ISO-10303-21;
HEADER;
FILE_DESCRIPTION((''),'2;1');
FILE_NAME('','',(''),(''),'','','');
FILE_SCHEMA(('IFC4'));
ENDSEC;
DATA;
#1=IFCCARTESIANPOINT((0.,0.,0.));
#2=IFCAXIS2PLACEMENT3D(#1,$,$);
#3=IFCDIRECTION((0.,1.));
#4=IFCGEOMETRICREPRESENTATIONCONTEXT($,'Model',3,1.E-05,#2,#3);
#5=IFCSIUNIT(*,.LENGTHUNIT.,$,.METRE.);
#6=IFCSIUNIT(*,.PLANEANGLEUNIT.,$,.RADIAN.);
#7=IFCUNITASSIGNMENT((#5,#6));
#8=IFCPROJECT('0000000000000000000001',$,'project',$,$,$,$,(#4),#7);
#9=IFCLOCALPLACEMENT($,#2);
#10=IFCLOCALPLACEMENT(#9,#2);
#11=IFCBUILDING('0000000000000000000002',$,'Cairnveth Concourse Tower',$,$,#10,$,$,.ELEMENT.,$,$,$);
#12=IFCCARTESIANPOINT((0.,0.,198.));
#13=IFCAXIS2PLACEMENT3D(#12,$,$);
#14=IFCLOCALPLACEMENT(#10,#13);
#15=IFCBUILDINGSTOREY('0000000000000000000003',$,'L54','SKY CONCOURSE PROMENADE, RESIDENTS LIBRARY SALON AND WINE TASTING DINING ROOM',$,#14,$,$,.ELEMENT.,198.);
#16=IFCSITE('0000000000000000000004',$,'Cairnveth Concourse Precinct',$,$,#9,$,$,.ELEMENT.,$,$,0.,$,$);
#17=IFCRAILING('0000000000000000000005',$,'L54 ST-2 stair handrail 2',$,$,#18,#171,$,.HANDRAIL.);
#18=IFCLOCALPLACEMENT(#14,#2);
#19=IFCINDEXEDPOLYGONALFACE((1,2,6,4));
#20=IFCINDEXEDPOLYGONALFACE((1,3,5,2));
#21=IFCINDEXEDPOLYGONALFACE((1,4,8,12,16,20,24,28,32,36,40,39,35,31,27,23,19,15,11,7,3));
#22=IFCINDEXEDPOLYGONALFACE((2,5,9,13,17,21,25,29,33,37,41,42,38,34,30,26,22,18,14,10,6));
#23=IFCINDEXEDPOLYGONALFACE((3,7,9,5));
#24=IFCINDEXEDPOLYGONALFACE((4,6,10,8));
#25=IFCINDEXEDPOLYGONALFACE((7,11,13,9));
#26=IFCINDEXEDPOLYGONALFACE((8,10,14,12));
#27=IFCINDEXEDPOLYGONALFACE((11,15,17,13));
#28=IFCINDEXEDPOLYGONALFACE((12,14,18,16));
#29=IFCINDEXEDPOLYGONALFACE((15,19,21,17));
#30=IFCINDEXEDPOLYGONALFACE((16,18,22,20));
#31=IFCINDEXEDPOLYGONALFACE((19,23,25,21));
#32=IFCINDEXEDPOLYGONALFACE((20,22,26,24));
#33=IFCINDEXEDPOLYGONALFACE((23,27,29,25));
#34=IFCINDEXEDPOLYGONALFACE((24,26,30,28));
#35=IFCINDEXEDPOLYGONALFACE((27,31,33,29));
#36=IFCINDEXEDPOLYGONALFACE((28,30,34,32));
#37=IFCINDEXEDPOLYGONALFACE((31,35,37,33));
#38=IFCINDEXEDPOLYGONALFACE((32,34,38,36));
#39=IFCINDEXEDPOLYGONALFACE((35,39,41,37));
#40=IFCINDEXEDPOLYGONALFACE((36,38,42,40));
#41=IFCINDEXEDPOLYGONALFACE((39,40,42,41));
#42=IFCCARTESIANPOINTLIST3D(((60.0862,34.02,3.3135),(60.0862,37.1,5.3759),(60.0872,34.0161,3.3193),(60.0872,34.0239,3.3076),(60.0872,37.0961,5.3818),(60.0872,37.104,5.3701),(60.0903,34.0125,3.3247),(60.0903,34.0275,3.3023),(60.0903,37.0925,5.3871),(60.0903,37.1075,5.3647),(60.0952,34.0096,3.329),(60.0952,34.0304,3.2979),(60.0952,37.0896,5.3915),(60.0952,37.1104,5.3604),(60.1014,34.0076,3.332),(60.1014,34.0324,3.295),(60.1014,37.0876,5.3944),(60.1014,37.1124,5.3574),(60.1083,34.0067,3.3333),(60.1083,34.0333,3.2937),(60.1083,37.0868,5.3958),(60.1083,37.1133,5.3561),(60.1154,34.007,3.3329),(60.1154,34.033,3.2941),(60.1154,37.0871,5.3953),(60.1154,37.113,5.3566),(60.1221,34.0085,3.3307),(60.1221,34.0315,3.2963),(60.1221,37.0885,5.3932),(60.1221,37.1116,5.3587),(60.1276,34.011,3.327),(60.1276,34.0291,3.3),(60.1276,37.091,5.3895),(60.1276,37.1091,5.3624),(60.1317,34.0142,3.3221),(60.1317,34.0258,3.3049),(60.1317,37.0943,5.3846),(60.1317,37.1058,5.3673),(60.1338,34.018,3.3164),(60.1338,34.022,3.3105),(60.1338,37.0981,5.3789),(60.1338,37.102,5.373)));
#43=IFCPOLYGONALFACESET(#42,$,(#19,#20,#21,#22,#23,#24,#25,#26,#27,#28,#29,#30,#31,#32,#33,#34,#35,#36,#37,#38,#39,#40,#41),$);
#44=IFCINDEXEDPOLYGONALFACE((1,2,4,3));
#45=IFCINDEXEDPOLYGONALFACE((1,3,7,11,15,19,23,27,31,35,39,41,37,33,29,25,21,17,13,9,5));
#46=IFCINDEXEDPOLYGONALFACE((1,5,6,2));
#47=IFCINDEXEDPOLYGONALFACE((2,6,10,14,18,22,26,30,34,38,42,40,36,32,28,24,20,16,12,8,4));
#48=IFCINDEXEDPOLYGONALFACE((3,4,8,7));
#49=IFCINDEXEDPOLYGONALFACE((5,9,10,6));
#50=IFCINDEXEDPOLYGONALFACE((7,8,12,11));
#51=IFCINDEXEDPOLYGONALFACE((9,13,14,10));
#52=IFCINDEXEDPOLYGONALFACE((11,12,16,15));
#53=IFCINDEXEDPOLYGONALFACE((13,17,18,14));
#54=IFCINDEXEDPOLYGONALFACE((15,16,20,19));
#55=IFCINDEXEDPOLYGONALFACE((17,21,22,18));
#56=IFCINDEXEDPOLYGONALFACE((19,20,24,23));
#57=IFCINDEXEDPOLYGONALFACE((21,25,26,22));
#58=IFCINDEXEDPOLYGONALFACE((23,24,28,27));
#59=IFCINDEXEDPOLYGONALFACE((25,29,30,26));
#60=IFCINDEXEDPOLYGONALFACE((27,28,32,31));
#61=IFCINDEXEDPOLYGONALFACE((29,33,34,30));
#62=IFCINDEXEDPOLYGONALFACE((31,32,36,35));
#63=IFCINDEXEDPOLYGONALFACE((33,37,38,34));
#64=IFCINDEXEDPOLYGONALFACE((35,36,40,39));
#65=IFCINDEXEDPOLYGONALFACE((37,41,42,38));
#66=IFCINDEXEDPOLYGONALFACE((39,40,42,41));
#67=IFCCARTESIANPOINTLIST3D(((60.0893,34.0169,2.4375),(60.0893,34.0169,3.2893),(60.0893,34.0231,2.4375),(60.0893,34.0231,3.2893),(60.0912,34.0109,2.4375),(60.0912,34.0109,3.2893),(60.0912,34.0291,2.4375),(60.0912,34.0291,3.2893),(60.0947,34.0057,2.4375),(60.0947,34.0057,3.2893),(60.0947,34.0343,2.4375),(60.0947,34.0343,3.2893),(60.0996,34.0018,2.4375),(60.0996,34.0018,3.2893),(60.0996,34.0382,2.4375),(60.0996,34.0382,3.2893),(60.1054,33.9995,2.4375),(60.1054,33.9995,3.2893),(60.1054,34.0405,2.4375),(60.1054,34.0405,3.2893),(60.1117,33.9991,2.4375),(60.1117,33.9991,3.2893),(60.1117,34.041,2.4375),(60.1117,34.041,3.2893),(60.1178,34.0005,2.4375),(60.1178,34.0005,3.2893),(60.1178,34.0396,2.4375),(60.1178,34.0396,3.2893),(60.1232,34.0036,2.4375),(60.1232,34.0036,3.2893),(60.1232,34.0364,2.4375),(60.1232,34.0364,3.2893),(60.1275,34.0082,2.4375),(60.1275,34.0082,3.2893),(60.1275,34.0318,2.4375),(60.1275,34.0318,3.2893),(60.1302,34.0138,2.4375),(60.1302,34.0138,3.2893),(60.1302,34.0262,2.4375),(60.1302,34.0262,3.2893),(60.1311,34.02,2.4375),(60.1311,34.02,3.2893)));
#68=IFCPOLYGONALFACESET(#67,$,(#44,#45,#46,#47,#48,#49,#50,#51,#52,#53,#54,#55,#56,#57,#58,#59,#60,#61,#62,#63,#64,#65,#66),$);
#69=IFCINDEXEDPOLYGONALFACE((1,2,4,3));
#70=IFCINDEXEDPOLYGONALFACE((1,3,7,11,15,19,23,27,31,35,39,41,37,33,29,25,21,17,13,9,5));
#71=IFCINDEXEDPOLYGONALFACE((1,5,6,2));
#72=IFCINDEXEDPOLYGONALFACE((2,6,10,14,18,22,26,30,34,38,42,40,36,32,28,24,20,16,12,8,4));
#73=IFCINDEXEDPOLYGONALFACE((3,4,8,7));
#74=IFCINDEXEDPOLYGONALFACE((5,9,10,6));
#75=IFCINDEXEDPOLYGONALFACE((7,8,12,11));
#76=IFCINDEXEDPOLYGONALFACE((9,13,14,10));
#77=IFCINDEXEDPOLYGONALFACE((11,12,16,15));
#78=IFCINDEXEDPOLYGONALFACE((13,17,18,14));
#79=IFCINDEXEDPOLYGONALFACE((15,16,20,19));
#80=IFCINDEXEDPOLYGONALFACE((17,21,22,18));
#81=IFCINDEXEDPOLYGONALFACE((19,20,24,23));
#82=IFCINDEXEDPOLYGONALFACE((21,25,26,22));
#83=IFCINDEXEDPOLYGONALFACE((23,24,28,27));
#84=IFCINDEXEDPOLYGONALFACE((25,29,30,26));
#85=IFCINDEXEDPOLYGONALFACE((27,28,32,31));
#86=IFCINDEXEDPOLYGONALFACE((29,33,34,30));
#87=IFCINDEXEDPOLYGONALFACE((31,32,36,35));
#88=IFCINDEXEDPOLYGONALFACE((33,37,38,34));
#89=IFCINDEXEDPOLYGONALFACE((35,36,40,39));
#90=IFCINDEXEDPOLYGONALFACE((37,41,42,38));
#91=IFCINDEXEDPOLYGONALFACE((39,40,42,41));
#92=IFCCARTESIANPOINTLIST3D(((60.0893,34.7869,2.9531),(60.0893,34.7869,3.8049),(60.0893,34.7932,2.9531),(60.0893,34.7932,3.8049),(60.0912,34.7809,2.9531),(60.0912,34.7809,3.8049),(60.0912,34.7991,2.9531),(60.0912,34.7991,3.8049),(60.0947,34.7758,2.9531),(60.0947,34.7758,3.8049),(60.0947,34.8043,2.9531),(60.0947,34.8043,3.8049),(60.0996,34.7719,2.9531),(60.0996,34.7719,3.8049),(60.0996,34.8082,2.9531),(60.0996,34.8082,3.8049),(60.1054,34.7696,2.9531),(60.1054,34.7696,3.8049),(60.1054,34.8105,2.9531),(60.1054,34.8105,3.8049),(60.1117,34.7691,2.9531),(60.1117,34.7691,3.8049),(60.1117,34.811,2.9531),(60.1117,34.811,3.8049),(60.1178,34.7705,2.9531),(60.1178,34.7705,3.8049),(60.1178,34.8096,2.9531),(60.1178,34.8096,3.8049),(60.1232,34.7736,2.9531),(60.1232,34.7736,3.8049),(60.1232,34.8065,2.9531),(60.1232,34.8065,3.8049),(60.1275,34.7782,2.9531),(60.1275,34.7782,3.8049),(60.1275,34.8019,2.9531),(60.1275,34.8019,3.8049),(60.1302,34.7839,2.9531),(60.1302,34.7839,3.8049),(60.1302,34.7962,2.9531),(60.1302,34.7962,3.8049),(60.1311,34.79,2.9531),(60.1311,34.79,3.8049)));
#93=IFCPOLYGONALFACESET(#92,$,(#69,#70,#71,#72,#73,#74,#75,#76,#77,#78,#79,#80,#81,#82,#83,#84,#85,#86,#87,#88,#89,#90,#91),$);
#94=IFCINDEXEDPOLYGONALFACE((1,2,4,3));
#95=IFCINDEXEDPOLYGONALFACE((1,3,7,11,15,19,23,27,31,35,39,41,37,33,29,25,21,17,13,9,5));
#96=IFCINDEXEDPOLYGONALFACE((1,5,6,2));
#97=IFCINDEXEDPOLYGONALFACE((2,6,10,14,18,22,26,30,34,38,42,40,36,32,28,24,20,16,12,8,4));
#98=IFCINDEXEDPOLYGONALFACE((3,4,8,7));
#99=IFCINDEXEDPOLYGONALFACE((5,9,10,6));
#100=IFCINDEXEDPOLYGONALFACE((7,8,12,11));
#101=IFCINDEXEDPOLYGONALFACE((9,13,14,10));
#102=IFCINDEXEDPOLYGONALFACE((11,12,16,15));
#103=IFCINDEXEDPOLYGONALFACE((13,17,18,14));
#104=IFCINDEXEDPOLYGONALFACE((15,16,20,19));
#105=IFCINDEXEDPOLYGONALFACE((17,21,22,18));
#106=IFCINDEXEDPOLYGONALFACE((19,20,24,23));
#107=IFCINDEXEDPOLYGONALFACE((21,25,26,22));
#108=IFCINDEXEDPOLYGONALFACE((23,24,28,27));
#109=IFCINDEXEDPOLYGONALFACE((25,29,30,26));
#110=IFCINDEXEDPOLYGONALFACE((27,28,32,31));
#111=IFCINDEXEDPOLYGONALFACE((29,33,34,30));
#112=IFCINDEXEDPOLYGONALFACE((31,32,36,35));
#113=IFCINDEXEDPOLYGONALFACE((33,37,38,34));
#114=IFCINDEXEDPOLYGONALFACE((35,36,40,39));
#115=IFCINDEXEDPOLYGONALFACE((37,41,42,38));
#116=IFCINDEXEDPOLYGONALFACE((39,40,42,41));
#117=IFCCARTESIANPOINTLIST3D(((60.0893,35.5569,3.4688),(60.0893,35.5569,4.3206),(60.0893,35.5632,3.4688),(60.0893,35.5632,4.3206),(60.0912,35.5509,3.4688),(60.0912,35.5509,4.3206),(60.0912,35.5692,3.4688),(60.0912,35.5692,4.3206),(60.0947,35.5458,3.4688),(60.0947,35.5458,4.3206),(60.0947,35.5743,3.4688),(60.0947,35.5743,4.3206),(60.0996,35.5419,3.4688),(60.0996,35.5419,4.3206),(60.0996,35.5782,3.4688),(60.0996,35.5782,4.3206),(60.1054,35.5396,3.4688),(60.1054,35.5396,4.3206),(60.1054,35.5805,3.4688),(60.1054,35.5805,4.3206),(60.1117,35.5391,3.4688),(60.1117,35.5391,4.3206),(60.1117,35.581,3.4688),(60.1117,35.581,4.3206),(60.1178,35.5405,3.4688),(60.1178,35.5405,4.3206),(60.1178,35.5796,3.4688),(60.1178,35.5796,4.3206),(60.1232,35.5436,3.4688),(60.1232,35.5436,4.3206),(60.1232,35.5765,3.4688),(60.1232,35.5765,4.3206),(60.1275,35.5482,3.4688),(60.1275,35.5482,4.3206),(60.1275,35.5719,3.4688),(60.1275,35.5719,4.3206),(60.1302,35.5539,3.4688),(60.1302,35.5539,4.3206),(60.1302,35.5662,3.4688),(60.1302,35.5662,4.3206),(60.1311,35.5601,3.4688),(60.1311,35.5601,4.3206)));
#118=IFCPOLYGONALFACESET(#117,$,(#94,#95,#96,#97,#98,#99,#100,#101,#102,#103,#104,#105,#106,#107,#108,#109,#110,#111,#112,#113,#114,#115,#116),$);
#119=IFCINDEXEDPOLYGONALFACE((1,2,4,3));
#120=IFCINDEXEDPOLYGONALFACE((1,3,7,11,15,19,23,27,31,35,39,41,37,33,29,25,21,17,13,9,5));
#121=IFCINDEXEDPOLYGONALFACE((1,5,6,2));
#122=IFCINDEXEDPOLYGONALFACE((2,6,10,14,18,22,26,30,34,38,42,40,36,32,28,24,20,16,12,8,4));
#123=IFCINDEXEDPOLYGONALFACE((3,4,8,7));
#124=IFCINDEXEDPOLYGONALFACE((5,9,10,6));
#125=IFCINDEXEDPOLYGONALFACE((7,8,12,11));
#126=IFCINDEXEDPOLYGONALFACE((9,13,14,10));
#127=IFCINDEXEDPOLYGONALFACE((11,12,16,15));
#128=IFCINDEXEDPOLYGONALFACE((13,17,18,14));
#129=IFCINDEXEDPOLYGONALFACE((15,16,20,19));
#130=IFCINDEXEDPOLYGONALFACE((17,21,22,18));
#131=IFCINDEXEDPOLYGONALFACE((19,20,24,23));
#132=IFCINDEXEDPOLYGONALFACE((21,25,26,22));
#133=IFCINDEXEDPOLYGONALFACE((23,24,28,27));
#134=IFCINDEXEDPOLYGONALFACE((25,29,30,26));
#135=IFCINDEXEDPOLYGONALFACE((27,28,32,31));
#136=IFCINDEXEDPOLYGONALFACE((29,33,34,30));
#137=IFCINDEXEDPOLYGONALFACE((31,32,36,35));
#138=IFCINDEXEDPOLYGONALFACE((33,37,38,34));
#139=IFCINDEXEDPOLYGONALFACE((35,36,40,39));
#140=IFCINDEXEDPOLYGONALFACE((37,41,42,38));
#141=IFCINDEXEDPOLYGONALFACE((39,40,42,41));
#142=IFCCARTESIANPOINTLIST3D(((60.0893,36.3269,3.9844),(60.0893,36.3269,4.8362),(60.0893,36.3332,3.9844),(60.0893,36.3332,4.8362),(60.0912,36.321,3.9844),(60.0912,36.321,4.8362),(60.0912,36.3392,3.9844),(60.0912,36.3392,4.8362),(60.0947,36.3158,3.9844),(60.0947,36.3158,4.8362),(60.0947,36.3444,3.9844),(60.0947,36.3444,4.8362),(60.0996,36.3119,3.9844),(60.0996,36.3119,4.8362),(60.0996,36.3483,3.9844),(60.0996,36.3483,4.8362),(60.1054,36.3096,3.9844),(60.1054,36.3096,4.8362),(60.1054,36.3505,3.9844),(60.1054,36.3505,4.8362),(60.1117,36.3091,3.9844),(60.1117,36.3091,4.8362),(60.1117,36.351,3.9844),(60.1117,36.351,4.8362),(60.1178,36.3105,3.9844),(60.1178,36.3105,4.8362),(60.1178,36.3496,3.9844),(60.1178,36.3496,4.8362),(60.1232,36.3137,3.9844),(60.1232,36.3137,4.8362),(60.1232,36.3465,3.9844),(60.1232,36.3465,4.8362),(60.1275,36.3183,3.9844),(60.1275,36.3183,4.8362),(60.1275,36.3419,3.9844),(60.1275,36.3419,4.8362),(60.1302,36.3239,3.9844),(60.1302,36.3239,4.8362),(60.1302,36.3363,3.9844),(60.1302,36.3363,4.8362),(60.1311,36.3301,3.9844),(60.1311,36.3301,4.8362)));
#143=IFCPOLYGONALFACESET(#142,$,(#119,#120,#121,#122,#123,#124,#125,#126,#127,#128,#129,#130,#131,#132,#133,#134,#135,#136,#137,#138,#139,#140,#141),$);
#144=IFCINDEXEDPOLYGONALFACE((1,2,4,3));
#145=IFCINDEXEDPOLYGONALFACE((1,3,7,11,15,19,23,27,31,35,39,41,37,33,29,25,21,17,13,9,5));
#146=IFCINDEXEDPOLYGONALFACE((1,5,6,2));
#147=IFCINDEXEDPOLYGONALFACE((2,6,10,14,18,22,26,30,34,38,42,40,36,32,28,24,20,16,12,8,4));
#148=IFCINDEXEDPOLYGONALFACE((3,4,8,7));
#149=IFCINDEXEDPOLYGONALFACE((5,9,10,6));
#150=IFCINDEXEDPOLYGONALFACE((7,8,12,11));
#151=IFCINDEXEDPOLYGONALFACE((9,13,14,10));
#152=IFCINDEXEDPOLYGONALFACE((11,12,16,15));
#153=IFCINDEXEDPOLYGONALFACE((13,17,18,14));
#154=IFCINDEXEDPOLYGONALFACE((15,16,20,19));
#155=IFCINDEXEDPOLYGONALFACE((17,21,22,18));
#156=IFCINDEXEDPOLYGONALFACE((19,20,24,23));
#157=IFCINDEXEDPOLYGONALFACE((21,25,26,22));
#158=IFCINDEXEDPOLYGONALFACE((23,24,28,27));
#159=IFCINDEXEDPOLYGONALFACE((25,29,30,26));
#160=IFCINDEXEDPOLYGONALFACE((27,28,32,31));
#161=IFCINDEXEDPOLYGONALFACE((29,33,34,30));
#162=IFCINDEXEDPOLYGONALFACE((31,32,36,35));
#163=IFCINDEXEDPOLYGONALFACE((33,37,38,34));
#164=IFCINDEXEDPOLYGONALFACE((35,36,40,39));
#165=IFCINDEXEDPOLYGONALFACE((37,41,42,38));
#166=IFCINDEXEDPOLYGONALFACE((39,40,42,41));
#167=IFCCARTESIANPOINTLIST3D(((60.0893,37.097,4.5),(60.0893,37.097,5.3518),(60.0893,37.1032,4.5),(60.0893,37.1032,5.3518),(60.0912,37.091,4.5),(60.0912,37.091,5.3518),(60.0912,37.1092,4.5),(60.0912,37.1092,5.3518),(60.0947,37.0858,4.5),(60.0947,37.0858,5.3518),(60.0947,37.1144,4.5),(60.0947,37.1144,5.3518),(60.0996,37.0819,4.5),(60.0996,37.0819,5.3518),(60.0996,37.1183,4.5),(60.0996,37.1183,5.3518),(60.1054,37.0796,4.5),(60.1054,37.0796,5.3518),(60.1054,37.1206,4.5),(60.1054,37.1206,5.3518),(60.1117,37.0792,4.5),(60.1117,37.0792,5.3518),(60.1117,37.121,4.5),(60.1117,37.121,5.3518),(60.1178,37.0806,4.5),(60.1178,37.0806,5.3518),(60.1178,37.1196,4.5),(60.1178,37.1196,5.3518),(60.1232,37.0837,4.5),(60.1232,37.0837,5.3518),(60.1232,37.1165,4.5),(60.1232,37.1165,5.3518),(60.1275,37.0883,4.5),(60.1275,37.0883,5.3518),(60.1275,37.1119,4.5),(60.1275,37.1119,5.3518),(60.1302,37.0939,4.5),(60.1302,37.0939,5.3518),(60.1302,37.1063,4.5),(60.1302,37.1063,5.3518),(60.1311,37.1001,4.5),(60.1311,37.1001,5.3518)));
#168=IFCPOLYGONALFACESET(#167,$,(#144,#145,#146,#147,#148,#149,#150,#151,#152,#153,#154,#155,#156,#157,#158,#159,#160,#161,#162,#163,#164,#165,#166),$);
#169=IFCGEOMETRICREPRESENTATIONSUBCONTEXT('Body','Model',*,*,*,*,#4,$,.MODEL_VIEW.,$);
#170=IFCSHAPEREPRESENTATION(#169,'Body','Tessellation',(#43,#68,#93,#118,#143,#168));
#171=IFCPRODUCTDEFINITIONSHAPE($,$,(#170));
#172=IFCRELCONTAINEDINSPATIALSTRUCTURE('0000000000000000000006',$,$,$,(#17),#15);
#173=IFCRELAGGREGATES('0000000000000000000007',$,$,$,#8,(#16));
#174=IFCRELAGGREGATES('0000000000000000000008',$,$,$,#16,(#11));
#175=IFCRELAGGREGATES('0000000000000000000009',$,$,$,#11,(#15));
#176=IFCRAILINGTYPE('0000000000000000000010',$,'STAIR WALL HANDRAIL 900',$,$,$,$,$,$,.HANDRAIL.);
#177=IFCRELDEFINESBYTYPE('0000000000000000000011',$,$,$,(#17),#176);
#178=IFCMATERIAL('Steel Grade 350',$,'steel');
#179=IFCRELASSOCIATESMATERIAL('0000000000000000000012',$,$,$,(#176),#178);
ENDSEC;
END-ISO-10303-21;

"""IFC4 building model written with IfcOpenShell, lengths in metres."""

from ifc_helpers import new_model, si_unit, direction, frame, origin, origin_2d, place, context, subcontext, project, spatial, circle, extrude, material, type_object, element, save


model = new_model("IFC4")

# Units and contexts
model_context = context("Model", 3, precision=1e-05, world=origin(), true_north=direction((0.0, 1.0)))
body_context = subcontext(model_context, "Body", "Model", "MODEL_VIEW")
ifc_project = project(units=[si_unit("LENGTHUNIT", "METRE"), si_unit("PLANEANGLEUNIT", "RADIAN")], contexts=[model_context])

# Site, building, storey
site_placement = place(None, origin())
site = spatial("IfcSite", under=ifc_project, at=site_placement, Name="Cairnveth Concourse Precinct", CompositionType="ELEMENT", RefElevation=0.0)
building_placement = place(site_placement, origin())
building = spatial("IfcBuilding", under=site, at=building_placement, Name="Cairnveth Concourse Tower", CompositionType="ELEMENT")
storey_placement = place(building_placement, frame((0.0, 0.0, 198.0)))
storey = spatial("IfcBuildingStorey", under=building, at=storey_placement, Name="L54", Description="SKY CONCOURSE PROMENADE, RESIDENTS LIBRARY SALON AND WINE TASTING DINING ROOM", CompositionType="ELEMENT", Elevation=198.0)

# Shared definitions
ifc_material_1 = material(Name="Steel Grade 350", Category="steel")

# Railing
railing_type_1 = type_object("IfcRailingType", Name="STAIR WALL HANDRAIL 900", PredefinedType="HANDRAIL", material=ifc_material_1)
railing_1_placement = place(storey_placement, frame((60.1101, 34.02, 2.4375)))
element("IfcRailing", 1, at=railing_1_placement, inside=storey, type_object=railing_type_1, Name="L54 ST-2 stair handrail 2", PredefinedType="HANDRAIL", context=body_context, shape_type="SweptSolid", body=[
    extrude(circle(Radius=0.0239, at=origin_2d()), frame((0.0, 0.0, 0.876), z_axis=(0.0, 0.830914, 0.556401), x_axis=(-1.0, 0.0, 0.0)), (0.0, 0.0, 1.0), 3.7068),
    extrude(circle(Radius=0.021, at=origin_2d()), origin(), (0.0, 0.0, 1.0), 0.8518),
    extrude(circle(Radius=0.021, at=origin_2d()), frame((0.0, 0.77, 0.5156)), (0.0, 0.0, 1.0), 0.8518),
    extrude(circle(Radius=0.021, at=origin_2d()), frame((0.0, 1.54, 1.0312)), (0.0, 0.0, 1.0), 0.8518),
    extrude(circle(Radius=0.021, at=origin_2d()), frame((0.0, 2.3101, 1.5469)), (0.0, 0.0, 1.0), 0.8518),
    extrude(circle(Radius=0.021, at=origin_2d()), frame((0.0, 3.0801, 2.0625)), (0.0, 0.0, 1.0), 0.8518),
])

save(model, "model.ifc")
